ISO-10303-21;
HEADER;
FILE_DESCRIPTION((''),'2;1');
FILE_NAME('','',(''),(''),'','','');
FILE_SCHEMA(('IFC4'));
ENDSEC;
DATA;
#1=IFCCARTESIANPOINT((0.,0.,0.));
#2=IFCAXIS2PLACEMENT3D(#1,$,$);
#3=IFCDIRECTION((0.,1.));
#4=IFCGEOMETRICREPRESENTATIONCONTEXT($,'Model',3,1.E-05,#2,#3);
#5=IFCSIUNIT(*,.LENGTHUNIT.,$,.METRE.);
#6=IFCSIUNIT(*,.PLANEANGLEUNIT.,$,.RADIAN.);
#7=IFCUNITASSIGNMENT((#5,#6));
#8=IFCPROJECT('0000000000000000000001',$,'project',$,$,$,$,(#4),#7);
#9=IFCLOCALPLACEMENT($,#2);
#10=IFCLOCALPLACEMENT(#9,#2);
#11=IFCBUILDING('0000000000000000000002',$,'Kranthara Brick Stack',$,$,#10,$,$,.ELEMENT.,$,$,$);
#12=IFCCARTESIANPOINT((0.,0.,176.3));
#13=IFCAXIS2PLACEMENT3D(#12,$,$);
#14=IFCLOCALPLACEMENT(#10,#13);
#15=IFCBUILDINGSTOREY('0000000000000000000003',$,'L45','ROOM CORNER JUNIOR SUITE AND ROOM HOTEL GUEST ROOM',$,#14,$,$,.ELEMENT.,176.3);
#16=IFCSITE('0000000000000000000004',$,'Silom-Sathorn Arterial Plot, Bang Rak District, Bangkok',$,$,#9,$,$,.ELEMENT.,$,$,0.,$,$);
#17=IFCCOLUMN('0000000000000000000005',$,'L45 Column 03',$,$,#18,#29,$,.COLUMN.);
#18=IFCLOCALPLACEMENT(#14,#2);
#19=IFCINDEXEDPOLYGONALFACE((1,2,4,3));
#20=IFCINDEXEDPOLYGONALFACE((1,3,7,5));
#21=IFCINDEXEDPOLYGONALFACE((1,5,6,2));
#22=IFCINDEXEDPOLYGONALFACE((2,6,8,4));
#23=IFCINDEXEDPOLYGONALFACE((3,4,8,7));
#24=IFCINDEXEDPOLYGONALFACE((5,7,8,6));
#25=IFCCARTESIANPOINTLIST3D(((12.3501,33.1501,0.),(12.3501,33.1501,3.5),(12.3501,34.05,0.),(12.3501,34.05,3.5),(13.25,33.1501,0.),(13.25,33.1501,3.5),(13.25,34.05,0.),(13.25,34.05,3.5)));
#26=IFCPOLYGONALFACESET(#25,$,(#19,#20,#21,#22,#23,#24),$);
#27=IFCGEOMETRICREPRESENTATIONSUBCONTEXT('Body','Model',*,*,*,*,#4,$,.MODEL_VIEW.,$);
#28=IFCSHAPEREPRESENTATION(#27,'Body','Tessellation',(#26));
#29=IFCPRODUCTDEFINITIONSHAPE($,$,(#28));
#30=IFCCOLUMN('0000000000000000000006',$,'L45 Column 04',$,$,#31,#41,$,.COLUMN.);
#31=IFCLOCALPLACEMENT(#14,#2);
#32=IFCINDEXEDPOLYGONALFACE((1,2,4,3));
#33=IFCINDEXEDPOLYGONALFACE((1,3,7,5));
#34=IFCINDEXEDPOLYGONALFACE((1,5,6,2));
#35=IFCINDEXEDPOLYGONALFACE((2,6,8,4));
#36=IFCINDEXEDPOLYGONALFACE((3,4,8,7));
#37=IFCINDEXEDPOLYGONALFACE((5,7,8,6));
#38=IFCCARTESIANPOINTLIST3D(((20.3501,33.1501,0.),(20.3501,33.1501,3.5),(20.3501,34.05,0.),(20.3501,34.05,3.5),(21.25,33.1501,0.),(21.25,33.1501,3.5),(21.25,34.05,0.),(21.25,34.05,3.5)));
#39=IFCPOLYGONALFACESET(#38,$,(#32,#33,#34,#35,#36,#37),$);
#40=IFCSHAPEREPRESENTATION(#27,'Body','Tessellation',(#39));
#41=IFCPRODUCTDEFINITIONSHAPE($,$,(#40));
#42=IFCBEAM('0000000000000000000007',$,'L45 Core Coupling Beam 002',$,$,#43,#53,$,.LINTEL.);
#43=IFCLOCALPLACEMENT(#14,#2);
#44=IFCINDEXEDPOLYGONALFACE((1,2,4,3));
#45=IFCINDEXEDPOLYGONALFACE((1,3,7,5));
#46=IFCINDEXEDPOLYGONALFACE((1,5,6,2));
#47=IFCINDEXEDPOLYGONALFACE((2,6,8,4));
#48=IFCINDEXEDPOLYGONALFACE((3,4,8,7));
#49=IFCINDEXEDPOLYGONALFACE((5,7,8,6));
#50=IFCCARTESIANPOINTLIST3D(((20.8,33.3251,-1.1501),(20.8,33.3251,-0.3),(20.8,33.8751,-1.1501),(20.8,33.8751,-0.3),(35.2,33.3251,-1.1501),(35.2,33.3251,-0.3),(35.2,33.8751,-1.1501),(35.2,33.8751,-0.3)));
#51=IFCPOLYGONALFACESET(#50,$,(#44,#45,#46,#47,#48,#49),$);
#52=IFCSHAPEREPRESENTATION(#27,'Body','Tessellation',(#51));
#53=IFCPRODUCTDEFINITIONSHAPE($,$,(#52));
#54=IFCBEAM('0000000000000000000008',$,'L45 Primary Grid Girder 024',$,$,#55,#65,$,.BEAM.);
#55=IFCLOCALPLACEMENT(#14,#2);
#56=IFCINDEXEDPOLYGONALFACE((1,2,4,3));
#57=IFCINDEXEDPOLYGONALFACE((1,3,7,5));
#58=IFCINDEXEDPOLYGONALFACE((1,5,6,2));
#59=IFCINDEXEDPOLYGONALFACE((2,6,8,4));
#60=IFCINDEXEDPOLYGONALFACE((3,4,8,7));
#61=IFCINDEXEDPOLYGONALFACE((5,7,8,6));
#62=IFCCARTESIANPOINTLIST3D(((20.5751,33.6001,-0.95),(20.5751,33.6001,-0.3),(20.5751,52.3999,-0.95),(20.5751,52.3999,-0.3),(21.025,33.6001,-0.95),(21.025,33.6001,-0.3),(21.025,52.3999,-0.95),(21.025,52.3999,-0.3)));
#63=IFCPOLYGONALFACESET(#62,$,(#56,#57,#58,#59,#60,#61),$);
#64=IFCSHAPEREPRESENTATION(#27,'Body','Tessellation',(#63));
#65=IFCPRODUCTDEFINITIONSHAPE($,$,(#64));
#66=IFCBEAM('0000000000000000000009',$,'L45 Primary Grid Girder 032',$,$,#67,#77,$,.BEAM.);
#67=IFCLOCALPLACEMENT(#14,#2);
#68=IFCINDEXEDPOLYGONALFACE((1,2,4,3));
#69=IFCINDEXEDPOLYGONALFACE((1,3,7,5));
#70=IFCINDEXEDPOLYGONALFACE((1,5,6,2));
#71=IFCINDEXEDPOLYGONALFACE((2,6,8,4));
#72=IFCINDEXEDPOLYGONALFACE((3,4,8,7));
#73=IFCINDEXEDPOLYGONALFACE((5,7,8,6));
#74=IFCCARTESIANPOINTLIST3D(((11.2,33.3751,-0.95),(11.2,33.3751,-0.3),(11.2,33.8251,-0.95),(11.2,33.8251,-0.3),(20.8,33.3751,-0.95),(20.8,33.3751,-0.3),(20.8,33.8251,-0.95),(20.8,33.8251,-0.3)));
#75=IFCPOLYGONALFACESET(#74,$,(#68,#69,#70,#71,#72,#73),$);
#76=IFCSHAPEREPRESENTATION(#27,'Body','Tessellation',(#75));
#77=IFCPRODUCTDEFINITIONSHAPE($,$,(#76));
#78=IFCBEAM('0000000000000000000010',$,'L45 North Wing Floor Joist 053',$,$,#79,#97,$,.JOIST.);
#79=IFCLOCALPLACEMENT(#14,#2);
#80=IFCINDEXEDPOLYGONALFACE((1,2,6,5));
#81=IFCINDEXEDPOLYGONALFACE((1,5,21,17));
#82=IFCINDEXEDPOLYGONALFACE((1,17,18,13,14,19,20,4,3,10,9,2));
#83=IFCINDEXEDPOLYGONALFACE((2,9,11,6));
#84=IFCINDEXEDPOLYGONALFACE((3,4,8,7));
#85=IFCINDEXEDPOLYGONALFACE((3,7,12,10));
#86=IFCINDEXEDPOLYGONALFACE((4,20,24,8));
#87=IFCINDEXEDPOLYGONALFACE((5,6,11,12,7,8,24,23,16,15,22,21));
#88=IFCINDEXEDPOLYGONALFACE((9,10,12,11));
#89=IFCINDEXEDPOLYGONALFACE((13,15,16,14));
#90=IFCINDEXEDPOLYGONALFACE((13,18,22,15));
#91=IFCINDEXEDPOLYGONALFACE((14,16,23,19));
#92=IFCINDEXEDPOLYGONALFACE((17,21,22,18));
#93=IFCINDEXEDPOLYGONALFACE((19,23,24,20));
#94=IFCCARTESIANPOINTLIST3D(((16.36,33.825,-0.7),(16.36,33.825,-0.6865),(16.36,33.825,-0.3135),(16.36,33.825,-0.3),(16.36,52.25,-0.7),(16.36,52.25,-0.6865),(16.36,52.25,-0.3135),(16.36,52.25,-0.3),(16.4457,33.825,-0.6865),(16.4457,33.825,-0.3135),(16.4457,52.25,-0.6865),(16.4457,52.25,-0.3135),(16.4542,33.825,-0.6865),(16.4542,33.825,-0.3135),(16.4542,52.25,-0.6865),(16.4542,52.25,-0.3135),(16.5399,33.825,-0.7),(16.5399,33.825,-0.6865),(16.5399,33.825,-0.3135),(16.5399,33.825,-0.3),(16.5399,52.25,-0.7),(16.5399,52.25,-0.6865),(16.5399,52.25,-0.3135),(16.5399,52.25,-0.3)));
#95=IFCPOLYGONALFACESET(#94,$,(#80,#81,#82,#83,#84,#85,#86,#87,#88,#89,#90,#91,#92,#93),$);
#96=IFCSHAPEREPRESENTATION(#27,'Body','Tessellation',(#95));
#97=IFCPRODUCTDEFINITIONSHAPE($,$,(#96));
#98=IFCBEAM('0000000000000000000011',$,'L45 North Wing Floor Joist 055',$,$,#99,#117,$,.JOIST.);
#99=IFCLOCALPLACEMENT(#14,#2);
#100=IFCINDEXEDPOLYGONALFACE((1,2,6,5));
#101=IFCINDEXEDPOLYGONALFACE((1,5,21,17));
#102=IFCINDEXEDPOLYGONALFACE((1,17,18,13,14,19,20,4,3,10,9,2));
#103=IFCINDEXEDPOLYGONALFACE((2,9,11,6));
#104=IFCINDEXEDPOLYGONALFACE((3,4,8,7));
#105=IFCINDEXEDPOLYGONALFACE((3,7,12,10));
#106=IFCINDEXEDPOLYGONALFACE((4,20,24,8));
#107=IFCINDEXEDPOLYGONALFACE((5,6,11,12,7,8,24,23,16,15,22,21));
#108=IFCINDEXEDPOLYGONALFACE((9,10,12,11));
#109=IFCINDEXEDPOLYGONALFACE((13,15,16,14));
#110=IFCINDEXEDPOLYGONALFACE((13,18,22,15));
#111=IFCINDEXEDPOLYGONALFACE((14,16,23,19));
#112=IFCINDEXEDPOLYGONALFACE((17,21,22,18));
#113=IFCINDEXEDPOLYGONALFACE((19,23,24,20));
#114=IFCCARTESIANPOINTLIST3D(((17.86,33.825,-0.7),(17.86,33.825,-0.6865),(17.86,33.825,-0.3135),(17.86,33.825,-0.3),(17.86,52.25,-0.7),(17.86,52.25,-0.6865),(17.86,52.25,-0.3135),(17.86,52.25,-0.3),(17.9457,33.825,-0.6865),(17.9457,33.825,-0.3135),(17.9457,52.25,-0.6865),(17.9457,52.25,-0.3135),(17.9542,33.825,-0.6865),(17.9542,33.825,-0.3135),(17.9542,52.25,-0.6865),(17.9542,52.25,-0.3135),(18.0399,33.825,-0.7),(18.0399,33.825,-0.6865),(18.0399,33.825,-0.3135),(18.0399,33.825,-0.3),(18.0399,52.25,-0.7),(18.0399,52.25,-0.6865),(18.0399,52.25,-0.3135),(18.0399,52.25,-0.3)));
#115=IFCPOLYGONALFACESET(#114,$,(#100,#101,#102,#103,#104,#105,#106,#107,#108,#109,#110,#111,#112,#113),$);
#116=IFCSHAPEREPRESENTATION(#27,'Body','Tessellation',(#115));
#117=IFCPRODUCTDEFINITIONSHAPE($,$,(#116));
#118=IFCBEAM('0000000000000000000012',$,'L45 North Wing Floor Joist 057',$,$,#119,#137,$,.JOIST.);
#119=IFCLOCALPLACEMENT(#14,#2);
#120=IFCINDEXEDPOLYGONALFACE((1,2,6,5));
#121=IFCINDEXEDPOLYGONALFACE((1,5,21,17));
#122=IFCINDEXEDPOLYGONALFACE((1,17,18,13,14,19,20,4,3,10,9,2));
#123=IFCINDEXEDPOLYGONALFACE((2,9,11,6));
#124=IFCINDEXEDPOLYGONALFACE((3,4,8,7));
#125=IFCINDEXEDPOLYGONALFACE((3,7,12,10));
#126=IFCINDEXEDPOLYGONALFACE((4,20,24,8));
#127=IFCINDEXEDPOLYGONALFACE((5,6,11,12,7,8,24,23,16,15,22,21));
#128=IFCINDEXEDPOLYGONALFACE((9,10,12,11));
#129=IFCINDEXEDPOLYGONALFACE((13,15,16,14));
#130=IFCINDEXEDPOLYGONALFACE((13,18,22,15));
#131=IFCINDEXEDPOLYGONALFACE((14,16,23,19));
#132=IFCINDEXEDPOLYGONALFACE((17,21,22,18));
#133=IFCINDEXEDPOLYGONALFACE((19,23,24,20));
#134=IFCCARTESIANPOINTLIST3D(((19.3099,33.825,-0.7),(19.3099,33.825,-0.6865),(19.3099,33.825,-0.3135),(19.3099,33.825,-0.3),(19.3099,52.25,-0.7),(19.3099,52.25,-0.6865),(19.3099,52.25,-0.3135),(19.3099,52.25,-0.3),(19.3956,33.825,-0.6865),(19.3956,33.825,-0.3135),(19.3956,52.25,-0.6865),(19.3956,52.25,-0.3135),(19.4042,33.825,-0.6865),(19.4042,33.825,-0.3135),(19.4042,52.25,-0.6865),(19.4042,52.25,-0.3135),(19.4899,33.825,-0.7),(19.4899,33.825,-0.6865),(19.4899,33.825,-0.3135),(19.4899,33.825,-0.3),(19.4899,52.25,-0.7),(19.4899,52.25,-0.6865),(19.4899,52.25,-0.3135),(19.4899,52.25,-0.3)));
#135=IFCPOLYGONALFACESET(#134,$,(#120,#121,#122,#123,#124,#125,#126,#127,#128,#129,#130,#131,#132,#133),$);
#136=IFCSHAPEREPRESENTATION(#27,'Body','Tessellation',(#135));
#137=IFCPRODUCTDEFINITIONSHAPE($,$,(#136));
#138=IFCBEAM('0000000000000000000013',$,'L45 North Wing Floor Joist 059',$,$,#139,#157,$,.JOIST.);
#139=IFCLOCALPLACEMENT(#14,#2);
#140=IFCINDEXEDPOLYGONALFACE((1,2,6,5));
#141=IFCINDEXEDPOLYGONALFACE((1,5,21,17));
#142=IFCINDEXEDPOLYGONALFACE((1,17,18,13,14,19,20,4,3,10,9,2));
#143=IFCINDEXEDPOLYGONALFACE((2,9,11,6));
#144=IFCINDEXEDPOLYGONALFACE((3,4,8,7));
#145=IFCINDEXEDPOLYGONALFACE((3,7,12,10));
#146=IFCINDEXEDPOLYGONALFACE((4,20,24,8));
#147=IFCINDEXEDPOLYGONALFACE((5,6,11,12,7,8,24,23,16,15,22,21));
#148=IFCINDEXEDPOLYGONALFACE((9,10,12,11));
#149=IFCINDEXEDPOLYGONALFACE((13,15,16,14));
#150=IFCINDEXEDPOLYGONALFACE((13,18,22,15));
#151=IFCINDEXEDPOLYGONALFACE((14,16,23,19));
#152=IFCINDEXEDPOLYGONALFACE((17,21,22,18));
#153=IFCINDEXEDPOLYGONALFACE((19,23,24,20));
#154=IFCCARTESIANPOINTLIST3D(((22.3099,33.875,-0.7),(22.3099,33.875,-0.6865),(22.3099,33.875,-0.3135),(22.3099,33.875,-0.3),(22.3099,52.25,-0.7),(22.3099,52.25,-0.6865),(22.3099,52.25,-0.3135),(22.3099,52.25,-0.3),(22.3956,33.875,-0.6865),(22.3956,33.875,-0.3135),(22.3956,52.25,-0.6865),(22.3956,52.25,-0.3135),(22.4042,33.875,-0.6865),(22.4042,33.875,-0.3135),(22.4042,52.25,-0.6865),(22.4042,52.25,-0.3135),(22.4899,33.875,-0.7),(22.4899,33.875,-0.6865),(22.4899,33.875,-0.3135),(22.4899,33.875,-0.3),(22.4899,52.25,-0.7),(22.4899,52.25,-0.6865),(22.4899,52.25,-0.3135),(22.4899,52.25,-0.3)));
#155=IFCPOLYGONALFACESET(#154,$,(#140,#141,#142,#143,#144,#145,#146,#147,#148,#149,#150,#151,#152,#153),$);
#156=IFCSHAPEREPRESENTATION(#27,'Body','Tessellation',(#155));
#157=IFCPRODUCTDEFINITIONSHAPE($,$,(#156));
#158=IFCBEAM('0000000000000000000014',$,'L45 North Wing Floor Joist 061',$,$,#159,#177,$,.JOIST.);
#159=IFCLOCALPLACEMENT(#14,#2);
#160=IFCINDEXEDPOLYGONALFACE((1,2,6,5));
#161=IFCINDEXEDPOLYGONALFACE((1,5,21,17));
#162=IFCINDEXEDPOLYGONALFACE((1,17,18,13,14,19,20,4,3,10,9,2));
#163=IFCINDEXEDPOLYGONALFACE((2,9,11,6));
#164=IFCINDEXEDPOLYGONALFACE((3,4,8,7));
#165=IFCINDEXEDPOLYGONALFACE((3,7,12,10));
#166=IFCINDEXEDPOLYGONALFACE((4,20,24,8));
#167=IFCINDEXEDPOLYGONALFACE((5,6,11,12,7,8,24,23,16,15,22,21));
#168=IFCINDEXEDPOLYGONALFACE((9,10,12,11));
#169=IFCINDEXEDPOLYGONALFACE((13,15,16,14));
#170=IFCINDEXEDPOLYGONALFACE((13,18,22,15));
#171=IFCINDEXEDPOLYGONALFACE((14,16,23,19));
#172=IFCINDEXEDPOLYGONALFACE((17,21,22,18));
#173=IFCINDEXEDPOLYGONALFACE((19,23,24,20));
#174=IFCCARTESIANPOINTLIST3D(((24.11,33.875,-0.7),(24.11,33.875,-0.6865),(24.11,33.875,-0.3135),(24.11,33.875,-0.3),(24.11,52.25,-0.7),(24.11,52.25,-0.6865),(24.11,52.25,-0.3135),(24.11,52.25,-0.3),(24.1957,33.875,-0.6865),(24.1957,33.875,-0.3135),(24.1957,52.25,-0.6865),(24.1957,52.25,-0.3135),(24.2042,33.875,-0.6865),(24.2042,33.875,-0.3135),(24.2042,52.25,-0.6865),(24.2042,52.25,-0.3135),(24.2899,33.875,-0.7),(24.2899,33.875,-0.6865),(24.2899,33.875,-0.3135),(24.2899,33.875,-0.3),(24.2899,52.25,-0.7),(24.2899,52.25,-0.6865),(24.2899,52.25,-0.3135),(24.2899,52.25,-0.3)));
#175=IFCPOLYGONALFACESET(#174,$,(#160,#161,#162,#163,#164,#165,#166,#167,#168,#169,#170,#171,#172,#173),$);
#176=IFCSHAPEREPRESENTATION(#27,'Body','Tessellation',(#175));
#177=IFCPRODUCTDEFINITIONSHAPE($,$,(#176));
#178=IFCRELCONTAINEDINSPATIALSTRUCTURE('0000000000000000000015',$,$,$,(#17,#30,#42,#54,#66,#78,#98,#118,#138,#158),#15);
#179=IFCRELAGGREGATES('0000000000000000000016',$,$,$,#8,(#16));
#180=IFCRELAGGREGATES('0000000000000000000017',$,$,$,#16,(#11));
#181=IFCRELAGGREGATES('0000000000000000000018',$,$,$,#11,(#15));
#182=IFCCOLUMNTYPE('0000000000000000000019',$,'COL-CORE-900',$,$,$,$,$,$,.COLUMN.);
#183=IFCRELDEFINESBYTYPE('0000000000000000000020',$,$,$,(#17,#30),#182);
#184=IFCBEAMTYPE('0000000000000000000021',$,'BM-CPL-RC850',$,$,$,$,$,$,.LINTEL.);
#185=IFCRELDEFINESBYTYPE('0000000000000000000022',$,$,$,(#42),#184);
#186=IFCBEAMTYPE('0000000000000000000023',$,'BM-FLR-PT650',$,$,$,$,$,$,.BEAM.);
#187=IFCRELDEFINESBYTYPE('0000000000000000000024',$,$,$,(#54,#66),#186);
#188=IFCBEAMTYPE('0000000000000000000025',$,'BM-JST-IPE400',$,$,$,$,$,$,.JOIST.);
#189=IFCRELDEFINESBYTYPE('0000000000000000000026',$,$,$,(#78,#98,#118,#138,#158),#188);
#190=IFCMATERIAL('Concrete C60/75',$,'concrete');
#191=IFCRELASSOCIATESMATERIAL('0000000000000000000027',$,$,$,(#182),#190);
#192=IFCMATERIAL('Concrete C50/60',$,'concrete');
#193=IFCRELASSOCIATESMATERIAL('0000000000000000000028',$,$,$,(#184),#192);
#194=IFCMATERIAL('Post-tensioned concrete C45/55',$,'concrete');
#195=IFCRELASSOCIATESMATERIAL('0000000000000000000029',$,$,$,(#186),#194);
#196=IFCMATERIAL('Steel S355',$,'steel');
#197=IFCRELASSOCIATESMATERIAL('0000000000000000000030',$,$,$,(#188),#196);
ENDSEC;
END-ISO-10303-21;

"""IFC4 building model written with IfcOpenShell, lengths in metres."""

from ifc_helpers import new_model, si_unit, direction, frame, origin, origin_2d, place, context, subcontext, project, spatial, rectangle, i_section, extrude, material, material_profile, profile_set, type_object, element, save


model = new_model("IFC4")

# Units and contexts
model_context = context("Model", 3, precision=1e-05, world=origin(), true_north=direction((0.0, 1.0)))
body_context = subcontext(model_context, "Body", "Model", "MODEL_VIEW")
ifc_project = project(units=[si_unit("LENGTHUNIT", "METRE"), si_unit("PLANEANGLEUNIT", "RADIAN")], contexts=[model_context])

# Site, building, storey
site_placement = place(None, origin())
site = spatial("IfcSite", under=ifc_project, at=site_placement, Name="Silom-Sathorn Arterial Plot, Bang Rak District, Bangkok", CompositionType="ELEMENT", RefElevation=0.0)
building_placement = place(site_placement, origin())
building = spatial("IfcBuilding", under=site, at=building_placement, Name="Kranthara Brick Stack", CompositionType="ELEMENT")
storey_placement = place(building_placement, frame((0.0, 0.0, 176.3)))
storey = spatial("IfcBuildingStorey", under=building, at=storey_placement, Name="L45", Description="ROOM CORNER JUNIOR SUITE AND ROOM HOTEL GUEST ROOM", CompositionType="ELEMENT", Elevation=176.3)

# Columns
ifc_material_1 = material(Name="Concrete C60/75", Category="concrete")
ifc_material_profile_1 = material_profile(ifc_material_1, rectangle(XDim=0.8999, YDim=0.8999, at=origin_2d()), Name="RC 900x900")
ifc_profile_set_1 = profile_set([ifc_material_profile_1], Name="Concrete C60/75")
column_type = type_object("IfcColumnType", Name="COL-CORE-900", PredefinedType="COLUMN", material=ifc_profile_set_1)
for number, where, z_axis, x_axis, name in (
    (1, (12.8, 33.6001, 0.0), (0.0, 0.0, 1.0), (1.0, 0.0, 0.0), "L45 Column 03"),
    (2, (20.8, 33.6001, 0.0), (0.0, 0.0, 1.0), (1.0, 0.0, 0.0), "L45 Column 04"),
):
    element("IfcColumn", number, at=place(storey_placement, frame(where, z_axis=z_axis, x_axis=x_axis)), inside=storey, type_object=column_type, Name=name, PredefinedType="COLUMN", context=body_context, shape_type="SweptSolid", body=[
        extrude(rectangle(XDim=0.8999, YDim=0.8999, at=origin_2d()), origin(), (0.0, 0.0, 1.0), 3.5),
    ])

# Beams
ifc_material_2 = material(Name="Concrete C50/60", Category="concrete")
ifc_material_profile_2 = material_profile(ifc_material_2, rectangle(XDim=0.55, YDim=0.8501, at=origin_2d()), Name="RC 550x850")
ifc_profile_set_2 = profile_set([ifc_material_profile_2], Name="Concrete C50/60")
beam_type_1 = type_object("IfcBeamType", Name="BM-CPL-RC850", PredefinedType="LINTEL", material=ifc_profile_set_2)
beam_1_placement = place(storey_placement, frame((20.8, 33.6001, -0.7251), z_axis=(1.0, 0.0, 0.0), x_axis=(0.0, 1.0, 0.0)))
element("IfcBeam", 3, at=beam_1_placement, inside=storey, type_object=beam_type_1, Name="L45 Core Coupling Beam 002", PredefinedType="LINTEL", context=body_context, shape_type="SweptSolid", body=[
    extrude(rectangle(XDim=0.55, YDim=0.8501, at=origin_2d()), origin(), (0.0, 0.0, 1.0), 14.3999),
])
ifc_material_3 = material(Name="Post-tensioned concrete C45/55", Category="concrete")
ifc_material_profile_3 = material_profile(ifc_material_3, rectangle(XDim=0.45, YDim=0.6499, at=origin_2d()), Name="PT 450x650")
ifc_profile_set_3 = profile_set([ifc_material_profile_3], Name="Post-tensioned concrete C45/55")
beam_type_2 = type_object("IfcBeamType", Name="BM-FLR-PT650", PredefinedType="BEAM", material=ifc_profile_set_3)
beam_2_placement = place(storey_placement, frame((20.8, 33.6001, -0.625), z_axis=(0.0, 1.0, 0.0), x_axis=(-1.0, 0.0, 0.0)))
element("IfcBeam", 4, at=beam_2_placement, inside=storey, type_object=beam_type_2, Name="L45 Primary Grid Girder 024", PredefinedType="BEAM", context=body_context, shape_type="SweptSolid", body=[
    extrude(rectangle(XDim=0.45, YDim=0.6499, at=origin_2d()), origin(), (0.0, 0.0, 1.0), 18.7998),
])
beam_3_placement = place(storey_placement, frame((11.2, 33.6001, -0.625), z_axis=(1.0, 0.0, 0.0), x_axis=(0.0, 1.0, 0.0)))
element("IfcBeam", 5, at=beam_3_placement, inside=storey, type_object=beam_type_2, Name="L45 Primary Grid Girder 032", PredefinedType="BEAM", context=body_context, shape_type="SweptSolid", body=[
    extrude(rectangle(XDim=0.45, YDim=0.6499, at=origin_2d()), origin(), (0.0, 0.0, 1.0), 9.6001),
])
ifc_material_4 = material(Name="Steel S355", Category="steel")
ifc_material_profile_4 = material_profile(ifc_material_4, i_section(OverallWidth=0.1799, OverallDepth=0.3999, WebThickness=0.0085, FlangeThickness=0.0134, at=origin_2d()), Name="IPE 400")
ifc_profile_set_4 = profile_set([ifc_material_profile_4], Name="Steel S355")
beam_type_3 = type_object("IfcBeamType", Name="BM-JST-IPE400", PredefinedType="JOIST", material=ifc_profile_set_4)
for number, where, z_axis, x_axis, name in (
    (6, (16.45, 33.825, -0.5), (0.0, 1.0, 0.0), (-1.0, 0.0, 0.0), "L45 North Wing Floor Joist 053"),
    (7, (17.95, 33.825, -0.5), (0.0, 1.0, 0.0), (-1.0, 0.0, 0.0), "L45 North Wing Floor Joist 055"),
    (8, (19.3999, 33.825, -0.5), (0.0, 1.0, 0.0), (-1.0, 0.0, 0.0), "L45 North Wing Floor Joist 057"),
):
    element("IfcBeam", number, at=place(storey_placement, frame(where, z_axis=z_axis, x_axis=x_axis)), inside=storey, type_object=beam_type_3, Name=name, PredefinedType="JOIST", context=body_context, shape_type="SweptSolid", body=[
        extrude(i_section(OverallWidth=0.1799, OverallDepth=0.3999, WebThickness=0.0085, FlangeThickness=0.0134, at=origin_2d()), origin(), (0.0, 0.0, 1.0), 18.425),
    ])
for number, where, z_axis, x_axis, name in (
    (9, (22.3999, 33.875, -0.5), (0.0, 1.0, 0.0), (-1.0, 0.0, 0.0), "L45 North Wing Floor Joist 059"),
    (10, (24.2, 33.875, -0.5), (0.0, 1.0, 0.0), (-1.0, 0.0, 0.0), "L45 North Wing Floor Joist 061"),
):
    element("IfcBeam", number, at=place(storey_placement, frame(where, z_axis=z_axis, x_axis=x_axis)), inside=storey, type_object=beam_type_3, Name=name, PredefinedType="JOIST", context=body_context, shape_type="SweptSolid", body=[
        extrude(i_section(OverallWidth=0.1799, OverallDepth=0.3999, WebThickness=0.0085, FlangeThickness=0.0134, at=origin_2d()), origin(), (0.0, 0.0, 1.0), 18.375),
    ])

save(model, "model.ifc")
